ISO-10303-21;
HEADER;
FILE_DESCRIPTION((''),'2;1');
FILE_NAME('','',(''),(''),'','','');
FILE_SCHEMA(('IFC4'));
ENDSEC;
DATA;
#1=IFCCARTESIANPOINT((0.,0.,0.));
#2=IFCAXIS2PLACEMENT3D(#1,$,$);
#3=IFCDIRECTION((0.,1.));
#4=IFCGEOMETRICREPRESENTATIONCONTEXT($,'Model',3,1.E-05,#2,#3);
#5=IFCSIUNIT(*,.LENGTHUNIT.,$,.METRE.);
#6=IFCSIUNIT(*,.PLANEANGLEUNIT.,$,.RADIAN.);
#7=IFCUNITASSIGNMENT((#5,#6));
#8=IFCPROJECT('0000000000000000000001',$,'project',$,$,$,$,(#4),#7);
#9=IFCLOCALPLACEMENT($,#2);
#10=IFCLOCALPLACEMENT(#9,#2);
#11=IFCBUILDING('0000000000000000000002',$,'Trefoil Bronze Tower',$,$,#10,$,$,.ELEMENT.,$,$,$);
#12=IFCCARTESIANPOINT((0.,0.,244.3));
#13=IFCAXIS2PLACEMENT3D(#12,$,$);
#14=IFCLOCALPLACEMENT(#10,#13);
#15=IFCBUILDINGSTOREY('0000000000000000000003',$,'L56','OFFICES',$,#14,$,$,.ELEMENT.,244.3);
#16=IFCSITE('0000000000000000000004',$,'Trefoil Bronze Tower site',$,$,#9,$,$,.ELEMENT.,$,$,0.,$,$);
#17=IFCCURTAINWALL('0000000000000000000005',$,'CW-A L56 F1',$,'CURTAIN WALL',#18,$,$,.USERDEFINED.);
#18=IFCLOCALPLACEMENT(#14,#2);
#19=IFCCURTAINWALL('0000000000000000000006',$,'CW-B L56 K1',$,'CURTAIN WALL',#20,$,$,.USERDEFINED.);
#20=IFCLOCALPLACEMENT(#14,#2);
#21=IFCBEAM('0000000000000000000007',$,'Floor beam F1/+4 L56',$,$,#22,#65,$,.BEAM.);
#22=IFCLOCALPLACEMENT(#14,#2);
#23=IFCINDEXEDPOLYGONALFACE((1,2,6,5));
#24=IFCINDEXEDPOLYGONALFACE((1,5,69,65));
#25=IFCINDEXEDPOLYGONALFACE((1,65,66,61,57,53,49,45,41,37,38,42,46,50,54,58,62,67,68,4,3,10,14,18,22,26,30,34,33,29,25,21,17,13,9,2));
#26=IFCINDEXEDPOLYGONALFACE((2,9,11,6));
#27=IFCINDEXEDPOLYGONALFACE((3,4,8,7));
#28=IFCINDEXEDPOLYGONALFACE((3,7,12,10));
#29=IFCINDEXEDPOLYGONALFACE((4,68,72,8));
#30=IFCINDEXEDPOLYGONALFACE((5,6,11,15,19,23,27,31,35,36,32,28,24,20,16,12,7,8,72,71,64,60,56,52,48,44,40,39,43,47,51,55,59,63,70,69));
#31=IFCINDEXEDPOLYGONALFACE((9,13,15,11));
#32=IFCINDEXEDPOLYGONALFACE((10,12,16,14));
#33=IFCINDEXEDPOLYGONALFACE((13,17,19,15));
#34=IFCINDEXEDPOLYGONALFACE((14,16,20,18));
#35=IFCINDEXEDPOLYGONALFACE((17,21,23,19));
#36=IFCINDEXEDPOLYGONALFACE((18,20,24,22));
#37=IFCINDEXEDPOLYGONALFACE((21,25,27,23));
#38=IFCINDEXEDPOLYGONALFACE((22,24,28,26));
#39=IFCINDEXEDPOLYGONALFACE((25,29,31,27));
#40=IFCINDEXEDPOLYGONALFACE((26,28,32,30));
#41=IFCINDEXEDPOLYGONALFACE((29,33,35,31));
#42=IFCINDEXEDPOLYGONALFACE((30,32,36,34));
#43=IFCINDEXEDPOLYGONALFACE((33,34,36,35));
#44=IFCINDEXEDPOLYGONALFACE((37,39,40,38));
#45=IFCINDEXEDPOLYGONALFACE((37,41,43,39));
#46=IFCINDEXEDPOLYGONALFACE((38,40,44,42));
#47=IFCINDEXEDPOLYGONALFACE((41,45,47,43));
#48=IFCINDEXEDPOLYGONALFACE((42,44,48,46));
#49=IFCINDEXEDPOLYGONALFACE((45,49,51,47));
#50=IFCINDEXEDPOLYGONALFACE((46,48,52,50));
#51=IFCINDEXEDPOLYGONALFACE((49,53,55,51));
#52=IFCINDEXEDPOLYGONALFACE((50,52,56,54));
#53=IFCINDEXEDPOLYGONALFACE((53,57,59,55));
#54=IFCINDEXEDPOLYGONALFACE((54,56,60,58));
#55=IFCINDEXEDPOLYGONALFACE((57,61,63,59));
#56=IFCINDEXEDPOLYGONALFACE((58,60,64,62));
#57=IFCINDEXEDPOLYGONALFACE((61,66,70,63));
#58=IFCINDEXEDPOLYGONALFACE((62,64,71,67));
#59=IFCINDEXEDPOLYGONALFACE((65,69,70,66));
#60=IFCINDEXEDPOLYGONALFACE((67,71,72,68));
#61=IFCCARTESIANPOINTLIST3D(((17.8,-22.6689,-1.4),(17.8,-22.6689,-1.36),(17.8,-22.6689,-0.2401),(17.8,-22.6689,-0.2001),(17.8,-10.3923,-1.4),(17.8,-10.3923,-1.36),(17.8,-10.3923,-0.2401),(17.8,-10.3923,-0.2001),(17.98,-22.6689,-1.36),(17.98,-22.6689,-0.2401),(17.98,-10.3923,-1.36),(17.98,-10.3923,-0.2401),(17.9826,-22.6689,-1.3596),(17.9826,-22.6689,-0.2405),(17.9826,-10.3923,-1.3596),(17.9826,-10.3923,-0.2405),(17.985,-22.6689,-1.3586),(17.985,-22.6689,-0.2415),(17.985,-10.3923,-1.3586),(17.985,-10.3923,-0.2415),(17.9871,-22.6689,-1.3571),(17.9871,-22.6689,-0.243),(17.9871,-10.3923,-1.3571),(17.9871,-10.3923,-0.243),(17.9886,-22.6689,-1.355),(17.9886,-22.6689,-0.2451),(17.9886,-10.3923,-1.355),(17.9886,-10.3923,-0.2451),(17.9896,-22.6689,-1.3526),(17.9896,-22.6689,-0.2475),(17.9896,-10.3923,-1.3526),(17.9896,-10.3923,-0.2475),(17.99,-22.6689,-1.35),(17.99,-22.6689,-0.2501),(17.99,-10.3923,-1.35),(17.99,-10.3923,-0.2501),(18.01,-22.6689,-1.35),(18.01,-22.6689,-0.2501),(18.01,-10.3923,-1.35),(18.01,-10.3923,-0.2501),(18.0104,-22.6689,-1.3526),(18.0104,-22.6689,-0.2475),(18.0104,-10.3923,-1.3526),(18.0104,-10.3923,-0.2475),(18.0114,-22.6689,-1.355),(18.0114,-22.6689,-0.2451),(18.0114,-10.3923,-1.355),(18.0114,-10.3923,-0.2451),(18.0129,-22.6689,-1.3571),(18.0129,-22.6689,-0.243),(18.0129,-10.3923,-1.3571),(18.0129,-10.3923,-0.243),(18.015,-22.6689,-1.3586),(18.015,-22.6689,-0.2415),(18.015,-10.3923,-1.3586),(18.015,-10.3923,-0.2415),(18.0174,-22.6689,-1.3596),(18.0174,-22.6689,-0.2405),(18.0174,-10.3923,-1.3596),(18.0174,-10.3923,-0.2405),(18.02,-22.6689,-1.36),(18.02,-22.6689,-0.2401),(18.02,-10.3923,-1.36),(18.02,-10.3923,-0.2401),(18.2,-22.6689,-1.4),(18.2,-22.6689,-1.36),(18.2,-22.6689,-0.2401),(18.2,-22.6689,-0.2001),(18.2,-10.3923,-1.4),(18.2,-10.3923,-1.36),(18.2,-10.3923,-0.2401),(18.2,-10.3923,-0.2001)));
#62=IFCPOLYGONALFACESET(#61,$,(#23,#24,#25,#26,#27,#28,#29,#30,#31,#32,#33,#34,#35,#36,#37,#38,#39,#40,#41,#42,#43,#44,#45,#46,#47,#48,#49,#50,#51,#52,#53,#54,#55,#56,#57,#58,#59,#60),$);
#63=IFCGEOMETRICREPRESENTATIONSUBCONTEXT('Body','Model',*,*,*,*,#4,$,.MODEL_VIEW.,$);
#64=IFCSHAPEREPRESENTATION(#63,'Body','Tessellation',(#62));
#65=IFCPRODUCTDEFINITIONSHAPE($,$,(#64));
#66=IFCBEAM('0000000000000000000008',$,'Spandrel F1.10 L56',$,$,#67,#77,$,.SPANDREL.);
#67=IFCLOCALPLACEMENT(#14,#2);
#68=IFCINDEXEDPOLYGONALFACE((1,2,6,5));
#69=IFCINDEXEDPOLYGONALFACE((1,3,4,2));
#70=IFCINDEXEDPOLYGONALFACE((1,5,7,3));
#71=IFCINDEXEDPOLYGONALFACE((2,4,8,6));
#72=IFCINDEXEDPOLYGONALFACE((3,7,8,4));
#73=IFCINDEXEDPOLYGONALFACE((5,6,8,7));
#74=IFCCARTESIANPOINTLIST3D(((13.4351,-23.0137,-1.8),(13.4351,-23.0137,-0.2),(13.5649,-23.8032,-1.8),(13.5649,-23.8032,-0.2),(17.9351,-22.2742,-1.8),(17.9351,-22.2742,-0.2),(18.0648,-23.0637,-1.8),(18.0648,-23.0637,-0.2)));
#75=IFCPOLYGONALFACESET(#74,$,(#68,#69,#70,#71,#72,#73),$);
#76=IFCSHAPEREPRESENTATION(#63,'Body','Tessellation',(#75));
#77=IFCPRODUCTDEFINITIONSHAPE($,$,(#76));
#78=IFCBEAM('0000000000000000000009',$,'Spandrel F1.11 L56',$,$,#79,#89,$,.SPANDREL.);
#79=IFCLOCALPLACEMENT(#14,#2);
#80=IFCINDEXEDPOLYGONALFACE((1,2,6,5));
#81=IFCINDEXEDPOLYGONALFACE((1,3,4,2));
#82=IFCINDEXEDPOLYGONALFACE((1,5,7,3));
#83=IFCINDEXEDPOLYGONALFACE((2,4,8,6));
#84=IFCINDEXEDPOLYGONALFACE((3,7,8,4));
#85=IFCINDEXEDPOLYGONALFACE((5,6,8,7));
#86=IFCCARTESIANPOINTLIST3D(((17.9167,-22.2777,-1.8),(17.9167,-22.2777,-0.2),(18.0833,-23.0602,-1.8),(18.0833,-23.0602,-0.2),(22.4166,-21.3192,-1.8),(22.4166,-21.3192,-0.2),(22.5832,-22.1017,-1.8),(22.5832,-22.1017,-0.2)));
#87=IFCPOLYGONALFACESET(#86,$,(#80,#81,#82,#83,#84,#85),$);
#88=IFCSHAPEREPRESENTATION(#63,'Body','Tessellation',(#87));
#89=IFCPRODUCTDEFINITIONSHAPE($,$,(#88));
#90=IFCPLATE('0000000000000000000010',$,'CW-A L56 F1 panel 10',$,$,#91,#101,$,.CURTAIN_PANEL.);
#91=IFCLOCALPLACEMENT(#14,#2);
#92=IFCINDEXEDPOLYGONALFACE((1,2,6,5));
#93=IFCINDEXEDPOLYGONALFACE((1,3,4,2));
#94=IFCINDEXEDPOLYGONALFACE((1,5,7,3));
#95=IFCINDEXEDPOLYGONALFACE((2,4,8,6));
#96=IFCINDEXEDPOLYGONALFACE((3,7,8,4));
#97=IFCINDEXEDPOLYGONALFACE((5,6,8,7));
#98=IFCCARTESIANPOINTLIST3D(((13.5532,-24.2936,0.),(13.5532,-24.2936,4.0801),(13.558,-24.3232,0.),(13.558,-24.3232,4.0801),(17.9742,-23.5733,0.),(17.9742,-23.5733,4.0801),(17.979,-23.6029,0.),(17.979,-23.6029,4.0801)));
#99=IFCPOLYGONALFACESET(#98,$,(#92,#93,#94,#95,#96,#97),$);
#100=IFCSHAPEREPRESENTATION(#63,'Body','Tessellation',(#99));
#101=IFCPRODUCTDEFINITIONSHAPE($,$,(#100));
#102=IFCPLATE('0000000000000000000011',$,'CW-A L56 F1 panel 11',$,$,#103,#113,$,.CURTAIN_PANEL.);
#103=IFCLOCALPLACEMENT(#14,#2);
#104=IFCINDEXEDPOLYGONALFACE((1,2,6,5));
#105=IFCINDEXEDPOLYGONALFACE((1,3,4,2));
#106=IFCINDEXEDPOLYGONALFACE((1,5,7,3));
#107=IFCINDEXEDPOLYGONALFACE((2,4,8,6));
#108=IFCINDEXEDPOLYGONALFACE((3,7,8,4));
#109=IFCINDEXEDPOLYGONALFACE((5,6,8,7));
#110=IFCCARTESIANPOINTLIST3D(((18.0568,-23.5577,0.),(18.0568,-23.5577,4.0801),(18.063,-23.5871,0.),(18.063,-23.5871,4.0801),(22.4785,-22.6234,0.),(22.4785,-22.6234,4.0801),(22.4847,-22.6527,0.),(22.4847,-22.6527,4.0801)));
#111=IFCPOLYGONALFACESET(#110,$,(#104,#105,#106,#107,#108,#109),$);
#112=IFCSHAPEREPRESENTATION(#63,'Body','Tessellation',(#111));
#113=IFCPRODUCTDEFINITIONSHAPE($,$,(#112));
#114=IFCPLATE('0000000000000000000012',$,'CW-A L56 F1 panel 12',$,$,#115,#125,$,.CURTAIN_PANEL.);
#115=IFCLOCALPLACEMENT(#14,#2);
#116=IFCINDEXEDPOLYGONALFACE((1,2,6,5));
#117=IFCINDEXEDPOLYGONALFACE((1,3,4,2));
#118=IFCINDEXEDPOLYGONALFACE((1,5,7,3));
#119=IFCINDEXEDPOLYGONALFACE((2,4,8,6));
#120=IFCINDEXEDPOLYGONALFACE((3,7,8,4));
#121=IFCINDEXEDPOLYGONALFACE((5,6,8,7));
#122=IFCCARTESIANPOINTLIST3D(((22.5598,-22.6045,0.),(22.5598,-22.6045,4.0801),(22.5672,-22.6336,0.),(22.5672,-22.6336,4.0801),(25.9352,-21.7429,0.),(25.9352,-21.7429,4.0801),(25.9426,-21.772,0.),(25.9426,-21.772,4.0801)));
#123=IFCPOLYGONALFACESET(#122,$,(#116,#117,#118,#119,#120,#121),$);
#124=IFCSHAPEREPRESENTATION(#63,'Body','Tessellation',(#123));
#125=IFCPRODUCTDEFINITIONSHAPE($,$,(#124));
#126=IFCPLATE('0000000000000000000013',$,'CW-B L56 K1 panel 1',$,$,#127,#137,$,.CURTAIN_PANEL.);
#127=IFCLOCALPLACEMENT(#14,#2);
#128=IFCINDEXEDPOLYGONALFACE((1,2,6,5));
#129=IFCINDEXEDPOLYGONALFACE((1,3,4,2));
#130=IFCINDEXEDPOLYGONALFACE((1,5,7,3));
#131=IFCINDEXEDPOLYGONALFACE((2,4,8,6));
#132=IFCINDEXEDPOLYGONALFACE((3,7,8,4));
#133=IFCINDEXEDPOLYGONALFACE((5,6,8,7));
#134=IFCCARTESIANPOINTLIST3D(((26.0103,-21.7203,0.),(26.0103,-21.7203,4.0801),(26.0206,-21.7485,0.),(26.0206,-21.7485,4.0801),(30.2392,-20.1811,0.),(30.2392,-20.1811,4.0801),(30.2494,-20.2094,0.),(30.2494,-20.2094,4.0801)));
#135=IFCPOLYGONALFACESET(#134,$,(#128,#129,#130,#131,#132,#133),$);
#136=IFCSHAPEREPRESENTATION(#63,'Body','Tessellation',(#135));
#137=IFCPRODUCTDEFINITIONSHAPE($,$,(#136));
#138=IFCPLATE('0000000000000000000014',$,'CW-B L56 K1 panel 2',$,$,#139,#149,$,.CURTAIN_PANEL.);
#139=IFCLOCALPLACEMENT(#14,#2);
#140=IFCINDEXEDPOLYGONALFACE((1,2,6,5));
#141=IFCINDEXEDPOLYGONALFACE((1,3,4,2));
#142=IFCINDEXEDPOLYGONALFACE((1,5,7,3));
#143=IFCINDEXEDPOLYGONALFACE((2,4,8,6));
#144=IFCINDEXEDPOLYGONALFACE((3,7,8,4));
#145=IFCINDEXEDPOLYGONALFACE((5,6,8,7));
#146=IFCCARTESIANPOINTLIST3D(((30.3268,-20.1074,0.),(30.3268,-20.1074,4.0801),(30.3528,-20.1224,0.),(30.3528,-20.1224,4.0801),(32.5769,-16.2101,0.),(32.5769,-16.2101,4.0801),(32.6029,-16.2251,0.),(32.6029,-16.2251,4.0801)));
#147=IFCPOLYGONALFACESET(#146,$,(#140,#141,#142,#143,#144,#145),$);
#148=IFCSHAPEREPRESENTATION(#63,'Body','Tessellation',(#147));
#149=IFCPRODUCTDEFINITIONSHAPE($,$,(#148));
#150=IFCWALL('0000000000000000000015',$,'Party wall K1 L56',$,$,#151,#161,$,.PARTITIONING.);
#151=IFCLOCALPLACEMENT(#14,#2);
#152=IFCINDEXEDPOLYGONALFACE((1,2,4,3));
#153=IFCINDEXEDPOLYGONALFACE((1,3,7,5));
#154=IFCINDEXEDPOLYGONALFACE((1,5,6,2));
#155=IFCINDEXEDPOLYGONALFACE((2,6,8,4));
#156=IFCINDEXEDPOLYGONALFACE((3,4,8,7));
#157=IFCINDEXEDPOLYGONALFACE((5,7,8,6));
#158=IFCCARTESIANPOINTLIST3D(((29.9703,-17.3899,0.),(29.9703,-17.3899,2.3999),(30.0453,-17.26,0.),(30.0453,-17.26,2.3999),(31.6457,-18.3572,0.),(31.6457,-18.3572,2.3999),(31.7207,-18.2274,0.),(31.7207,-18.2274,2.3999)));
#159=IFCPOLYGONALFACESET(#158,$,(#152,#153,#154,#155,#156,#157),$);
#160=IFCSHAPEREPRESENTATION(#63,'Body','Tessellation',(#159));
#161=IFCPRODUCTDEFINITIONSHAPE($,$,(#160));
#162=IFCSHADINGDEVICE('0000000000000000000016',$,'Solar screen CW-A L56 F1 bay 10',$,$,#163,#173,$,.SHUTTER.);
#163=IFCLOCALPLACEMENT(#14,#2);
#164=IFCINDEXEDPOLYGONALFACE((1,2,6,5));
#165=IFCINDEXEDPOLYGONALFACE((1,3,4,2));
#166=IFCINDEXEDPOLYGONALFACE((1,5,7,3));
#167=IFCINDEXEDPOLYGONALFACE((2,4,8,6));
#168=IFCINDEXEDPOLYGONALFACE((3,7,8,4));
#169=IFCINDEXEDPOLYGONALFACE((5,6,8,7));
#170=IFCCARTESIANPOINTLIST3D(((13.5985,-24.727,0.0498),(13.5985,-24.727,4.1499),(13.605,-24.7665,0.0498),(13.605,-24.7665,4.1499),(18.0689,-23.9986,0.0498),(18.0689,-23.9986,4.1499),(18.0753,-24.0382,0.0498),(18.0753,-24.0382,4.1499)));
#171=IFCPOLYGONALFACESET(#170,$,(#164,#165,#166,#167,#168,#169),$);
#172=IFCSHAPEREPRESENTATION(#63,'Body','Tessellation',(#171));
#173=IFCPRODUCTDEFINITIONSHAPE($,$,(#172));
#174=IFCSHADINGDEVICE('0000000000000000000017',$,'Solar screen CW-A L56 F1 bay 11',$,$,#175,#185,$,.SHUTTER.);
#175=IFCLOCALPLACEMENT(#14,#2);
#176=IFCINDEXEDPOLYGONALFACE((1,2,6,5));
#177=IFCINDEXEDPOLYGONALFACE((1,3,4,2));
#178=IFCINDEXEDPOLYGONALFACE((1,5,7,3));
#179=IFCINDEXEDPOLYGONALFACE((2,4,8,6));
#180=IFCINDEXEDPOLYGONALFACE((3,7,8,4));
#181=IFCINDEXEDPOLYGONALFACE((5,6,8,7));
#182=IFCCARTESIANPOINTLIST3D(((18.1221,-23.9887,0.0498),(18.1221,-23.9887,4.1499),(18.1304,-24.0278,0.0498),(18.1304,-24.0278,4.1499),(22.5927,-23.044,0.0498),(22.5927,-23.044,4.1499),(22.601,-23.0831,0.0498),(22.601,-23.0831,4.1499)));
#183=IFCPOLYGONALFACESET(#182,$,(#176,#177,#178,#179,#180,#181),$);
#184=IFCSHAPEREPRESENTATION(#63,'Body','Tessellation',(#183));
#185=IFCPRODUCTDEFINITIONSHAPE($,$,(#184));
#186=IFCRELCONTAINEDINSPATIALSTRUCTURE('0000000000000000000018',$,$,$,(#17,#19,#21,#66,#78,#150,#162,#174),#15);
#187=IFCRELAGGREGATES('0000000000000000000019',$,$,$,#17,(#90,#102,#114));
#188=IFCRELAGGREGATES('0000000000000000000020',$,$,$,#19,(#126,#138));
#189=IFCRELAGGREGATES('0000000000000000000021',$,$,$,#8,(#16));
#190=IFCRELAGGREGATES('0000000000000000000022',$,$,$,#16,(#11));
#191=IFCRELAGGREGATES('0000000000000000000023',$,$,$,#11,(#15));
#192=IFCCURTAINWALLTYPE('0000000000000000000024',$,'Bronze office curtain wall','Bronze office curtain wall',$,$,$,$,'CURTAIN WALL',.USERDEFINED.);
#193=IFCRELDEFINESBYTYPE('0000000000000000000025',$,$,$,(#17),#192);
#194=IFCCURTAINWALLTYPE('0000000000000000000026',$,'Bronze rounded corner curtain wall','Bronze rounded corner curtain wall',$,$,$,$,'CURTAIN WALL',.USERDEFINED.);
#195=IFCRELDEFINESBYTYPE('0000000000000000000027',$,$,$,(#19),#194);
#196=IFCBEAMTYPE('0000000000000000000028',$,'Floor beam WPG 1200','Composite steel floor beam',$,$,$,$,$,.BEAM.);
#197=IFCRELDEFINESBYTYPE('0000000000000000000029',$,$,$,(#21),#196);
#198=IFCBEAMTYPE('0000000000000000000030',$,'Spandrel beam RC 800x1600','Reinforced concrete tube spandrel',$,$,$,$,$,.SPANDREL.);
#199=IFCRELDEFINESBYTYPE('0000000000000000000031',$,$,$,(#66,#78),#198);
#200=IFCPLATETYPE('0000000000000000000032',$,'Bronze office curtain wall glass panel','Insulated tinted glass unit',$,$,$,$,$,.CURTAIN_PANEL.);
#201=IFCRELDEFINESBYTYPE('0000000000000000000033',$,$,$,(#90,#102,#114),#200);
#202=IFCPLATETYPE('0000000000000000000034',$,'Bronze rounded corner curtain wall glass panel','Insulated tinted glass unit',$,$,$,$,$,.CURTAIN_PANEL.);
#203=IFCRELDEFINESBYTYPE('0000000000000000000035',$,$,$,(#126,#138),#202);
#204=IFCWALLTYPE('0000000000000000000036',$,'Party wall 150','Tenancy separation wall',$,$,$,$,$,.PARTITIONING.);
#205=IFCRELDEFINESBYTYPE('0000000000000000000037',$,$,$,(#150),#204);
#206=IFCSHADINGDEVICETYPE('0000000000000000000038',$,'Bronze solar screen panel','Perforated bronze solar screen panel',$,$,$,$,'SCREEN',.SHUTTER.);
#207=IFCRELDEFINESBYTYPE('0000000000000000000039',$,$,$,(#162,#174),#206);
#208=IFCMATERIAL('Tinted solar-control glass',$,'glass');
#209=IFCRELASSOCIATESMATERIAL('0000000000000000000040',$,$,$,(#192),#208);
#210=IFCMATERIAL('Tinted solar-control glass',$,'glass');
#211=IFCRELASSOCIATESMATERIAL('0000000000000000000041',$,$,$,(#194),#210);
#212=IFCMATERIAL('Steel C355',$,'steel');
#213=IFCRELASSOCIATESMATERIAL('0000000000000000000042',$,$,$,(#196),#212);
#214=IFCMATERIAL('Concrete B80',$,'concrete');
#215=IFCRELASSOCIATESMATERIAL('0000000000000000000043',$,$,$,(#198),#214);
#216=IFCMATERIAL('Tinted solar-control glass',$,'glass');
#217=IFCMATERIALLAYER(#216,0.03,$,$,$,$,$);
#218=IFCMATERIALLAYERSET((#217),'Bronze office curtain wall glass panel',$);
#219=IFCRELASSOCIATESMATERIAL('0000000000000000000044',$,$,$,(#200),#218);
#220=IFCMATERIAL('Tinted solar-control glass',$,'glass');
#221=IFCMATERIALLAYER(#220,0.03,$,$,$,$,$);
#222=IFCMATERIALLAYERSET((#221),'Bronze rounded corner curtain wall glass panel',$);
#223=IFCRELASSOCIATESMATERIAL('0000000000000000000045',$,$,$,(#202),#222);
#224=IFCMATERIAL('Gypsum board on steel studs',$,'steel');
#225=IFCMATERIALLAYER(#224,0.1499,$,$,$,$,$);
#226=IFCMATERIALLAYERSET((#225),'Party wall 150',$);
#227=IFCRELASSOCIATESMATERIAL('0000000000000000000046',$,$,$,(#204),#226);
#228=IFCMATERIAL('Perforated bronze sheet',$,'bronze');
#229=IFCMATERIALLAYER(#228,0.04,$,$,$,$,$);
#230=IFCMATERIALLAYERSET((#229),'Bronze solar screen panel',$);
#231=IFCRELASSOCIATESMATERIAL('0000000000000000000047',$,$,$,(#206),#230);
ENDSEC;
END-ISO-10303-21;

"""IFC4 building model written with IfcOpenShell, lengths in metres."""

from ifc_helpers import new_model, si_unit, direction, frame, frame_2d, origin, origin_2d, place, context, subcontext, project, spatial, rectangle, i_section, extrude, material, layer, layer_set, material_profile, profile_set, type_object, element, aggregate, save


model = new_model("IFC4")

# Units and contexts
model_context = context("Model", 3, precision=1e-05, world=origin(), true_north=direction((0.0, 1.0)))
body_context = subcontext(model_context, "Body", "Model", "MODEL_VIEW")
ifc_project = project(units=[si_unit("LENGTHUNIT", "METRE"), si_unit("PLANEANGLEUNIT", "RADIAN")], contexts=[model_context])

# Site, building, storey
site_placement = place(None, origin())
site = spatial("IfcSite", under=ifc_project, at=site_placement, Name="Trefoil Bronze Tower site", CompositionType="ELEMENT", RefElevation=0.0)
building_placement = place(site_placement, origin())
building = spatial("IfcBuilding", under=site, at=building_placement, Name="Trefoil Bronze Tower", CompositionType="ELEMENT")
storey_placement = place(building_placement, frame((0.0, 0.0, 244.3)))
storey = spatial("IfcBuildingStorey", under=building, at=storey_placement, Name="L56", Description="OFFICES", CompositionType="ELEMENT", Elevation=244.3)

# Curtain walls
ifc_material_1 = material(Name="Tinted solar-control glass", Category="glass")
curtain_wall_type_1 = type_object("IfcCurtainWallType", Name="Bronze office curtain wall", Description="Bronze office curtain wall", ElementType="CURTAIN WALL", PredefinedType="USERDEFINED", material=ifc_material_1)
curtain_wall_1_placement = place(storey_placement, origin())
curtain_wall_1 = element("IfcCurtainWall", 1, at=curtain_wall_1_placement, inside=storey, type_object=curtain_wall_type_1, Name="CW-A L56 F1", ObjectType="CURTAIN WALL", PredefinedType="USERDEFINED")
ifc_material_2 = material(Name="Tinted solar-control glass", Category="glass")
curtain_wall_type_2 = type_object("IfcCurtainWallType", Name="Bronze rounded corner curtain wall", Description="Bronze rounded corner curtain wall", ElementType="CURTAIN WALL", PredefinedType="USERDEFINED", material=ifc_material_2)
curtain_wall_2_placement = place(storey_placement, origin())
curtain_wall_2 = element("IfcCurtainWall", 2, at=curtain_wall_2_placement, inside=storey, type_object=curtain_wall_type_2, Name="CW-B L56 K1", ObjectType="CURTAIN WALL", PredefinedType="USERDEFINED")

# Beams
ifc_material_3 = material(Name="Steel C355", Category="steel")
ifc_material_profile_1 = material_profile(ifc_material_3, i_section(OverallWidth=0.3999, OverallDepth=1.2, WebThickness=0.02, FlangeThickness=0.04, FilletRadius=0.01, at=origin_2d()), Name="WPG 1200")
ifc_profile_set_1 = profile_set([ifc_material_profile_1], Name="Steel C355")
beam_type_1 = type_object("IfcBeamType", Name="Floor beam WPG 1200", Description="Composite steel floor beam", PredefinedType="BEAM", material=ifc_profile_set_1)
beam_1_placement = place(storey_placement, frame((18.0, -22.6689, -0.8), z_axis=(0.0, 1.0, 0.0), x_axis=(-1.0, 0.0, 0.0)))
element("IfcBeam", 3, at=beam_1_placement, inside=storey, type_object=beam_type_1, Name="Floor beam F1/+4 L56", PredefinedType="BEAM", context=body_context, shape_type="SweptSolid", body=[
    extrude(i_section(OverallWidth=0.3999, OverallDepth=1.2, WebThickness=0.02, FlangeThickness=0.04, FilletRadius=0.01, at=origin_2d()), origin(), (0.0, 0.0, 1.0), 12.2766),
])
ifc_material_4 = material(Name="Concrete B80", Category="concrete")
ifc_material_profile_2 = material_profile(ifc_material_4, rectangle(XDim=0.8, YDim=1.6001, at=origin_2d()), Name="RC 800x1600")
ifc_profile_set_2 = profile_set([ifc_material_profile_2], Name="Concrete B80")
beam_type_2 = type_object("IfcBeamType", Name="Spandrel beam RC 800x1600", Description="Reinforced concrete tube spandrel", PredefinedType="SPANDREL", material=ifc_profile_set_2)
beam_2_placement = place(storey_placement, frame((13.5, -23.4084, -1.0), z_axis=(0.986765, 0.162159, 0.0), x_axis=(-0.162159, 0.986765, 0.0)))
element("IfcBeam", 4, at=beam_2_placement, inside=storey, type_object=beam_type_2, Name="Spandrel F1.10 L56", PredefinedType="SPANDREL", context=body_context, shape_type="SweptSolid", body=[
    extrude(rectangle(XDim=0.8, YDim=1.6001, at=origin_2d()), origin(), (0.0, 0.0, 1.0), 4.5603),
])
beam_3_placement = place(storey_placement, frame((18.0, -22.6689, -1.0), z_axis=(0.978059, 0.208326, 0.0), x_axis=(-0.208326, 0.978059, 0.0)))
element("IfcBeam", 5, at=beam_3_placement, inside=storey, type_object=beam_type_2, Name="Spandrel F1.11 L56", PredefinedType="SPANDREL", context=body_context, shape_type="SweptSolid", body=[
    extrude(rectangle(XDim=0.8, YDim=1.6001, at=origin_2d()), origin(), (0.0, 0.0, 1.0), 4.6008),
])

# Plates
ifc_material_5 = material(Name="Tinted solar-control glass", Category="glass")
ifc_layer_1 = layer(ifc_material_5, 0.03)
ifc_layer_set_1 = layer_set([ifc_layer_1], Name="Bronze office curtain wall glass panel")
plate_type_1 = type_object("IfcPlateType", Name="Bronze office curtain wall glass panel", Description="Insulated tinted glass unit", PredefinedType="CURTAIN_PANEL", material=ifc_layer_set_1)
plate_1_placement = place(storey_placement, frame((15.7661, -23.9482, 0.0), z_axis=(0.0, 0.0, 1.0), x_axis=(0.986987, 0.160803, 0.0)))
plate_1 = element("IfcPlate", 6, at=plate_1_placement, type_object=plate_type_1, Name="CW-A L56 F1 panel 10", PredefinedType="CURTAIN_PANEL", context=body_context, shape_type="SweptSolid", body=[
    extrude(rectangle(XDim=4.4792, YDim=0.03, at=origin_2d()), origin(), (0.0, 0.0, 1.0), 4.0801),
])
plate_2_placement = place(storey_placement, frame((20.2708, -23.1052, 0.0), z_axis=(0.0, 0.0, 1.0), x_axis=(0.978394, 0.206747, 0.0)))
plate_2 = element("IfcPlate", 7, at=plate_2_placement, type_object=plate_type_1, Name="CW-A L56 F1 panel 11", PredefinedType="CURTAIN_PANEL", context=body_context, shape_type="SweptSolid", body=[
    extrude(rectangle(XDim=4.5193, YDim=0.03, at=origin_2d()), origin(), (0.0, 0.0, 1.0), 4.0801),
])
plate_3_placement = place(storey_placement, frame((24.2512, -22.1882, 0.0), z_axis=(0.0, 0.0, 1.0), x_axis=(0.968934, 0.247319, 0.0)))
plate_3 = element("IfcPlate", 8, at=plate_3_placement, type_object=plate_type_1, Name="CW-A L56 F1 panel 12", PredefinedType="CURTAIN_PANEL", context=body_context, shape_type="SweptSolid", body=[
    extrude(rectangle(XDim=3.4836, YDim=0.03, at=origin_2d()), origin(), (0.0, 0.0, 1.0), 4.0801),
])
aggregate(curtain_wall_1, [plate_1, plate_2, plate_3])
ifc_material_6 = material(Name="Tinted solar-control glass", Category="glass")
ifc_layer_2 = layer(ifc_material_6, 0.03)
ifc_layer_set_2 = layer_set([ifc_layer_2], Name="Bronze rounded corner curtain wall glass panel")
plate_type_2 = type_object("IfcPlateType", Name="Bronze rounded corner curtain wall glass panel", Description="Insulated tinted glass unit", PredefinedType="CURTAIN_PANEL", material=ifc_layer_set_2)
plate_4_placement = place(storey_placement, frame((28.1299, -20.9648, 0.0), z_axis=(0.0, 0.0, 1.0), x_axis=(0.939693, 0.34202, 0.0)))
plate_4 = element("IfcPlate", 9, at=plate_4_placement, type_object=plate_type_2, Name="CW-B L56 K1 panel 1", PredefinedType="CURTAIN_PANEL", context=body_context, shape_type="SweptSolid", body=[
    extrude(rectangle(XDim=4.5002, YDim=0.03, at=origin_2d()), origin(), (0.0, 0.0, 1.0), 4.0801),
])
plate_5_placement = place(storey_placement, frame((31.4648, -18.1663, 0.0), z_axis=(0.0, 0.0, 1.0), x_axis=(0.5, 0.866025, 0.0)))
plate_5 = element("IfcPlate", 10, at=plate_5_placement, type_object=plate_type_2, Name="CW-B L56 K1 panel 2", PredefinedType="CURTAIN_PANEL", context=body_context, shape_type="SweptSolid", body=[
    extrude(rectangle(XDim=4.5002, YDim=0.03, at=origin_2d()), origin(), (0.0, 0.0, 1.0), 4.0801),
])
aggregate(curtain_wall_2, [plate_4, plate_5])

# Wall
ifc_material_7 = material(Name="Gypsum board on steel studs", Category="steel")
ifc_layer_3 = layer(ifc_material_7, 0.1499)
ifc_layer_set_3 = layer_set([ifc_layer_3], Name="Party wall 150")
wall_type = type_object("IfcWallType", Name="Party wall 150", Description="Tenancy separation wall", PredefinedType="PARTITIONING", material=ifc_layer_set_3)
wall_placement = place(storey_placement, frame((30.0078, -17.325, 0.0), z_axis=(0.0, 0.0, 1.0), x_axis=(0.866013, -0.500021, 0.0)))
element("IfcWall", 11, at=wall_placement, inside=storey, type_object=wall_type, Name="Party wall K1 L56", PredefinedType="PARTITIONING", context=body_context, shape_type="SweptSolid", body=[
    extrude(rectangle(XDim=1.9346, YDim=0.1499, at=frame_2d((0.9673, 0.0))), origin(), (0.0, 0.0, 1.0), 2.3999),
])

# Shading devices
ifc_material_8 = material(Name="Perforated bronze sheet", Category="bronze")
ifc_layer_4 = layer(ifc_material_8, 0.04)
ifc_layer_set_4 = layer_set([ifc_layer_4], Name="Bronze solar screen panel")
shading_device_type = type_object("IfcShadingDeviceType", Name="Bronze solar screen panel", Description="Perforated bronze solar screen panel", ElementType="SCREEN", PredefinedType="SHUTTER", material=ifc_layer_set_4)
shading_device_1_placement = place(storey_placement, frame((15.8369, -24.3826, 0.0498), z_axis=(0.0, 0.0, 1.0), x_axis=(0.986987, 0.160803, 0.0)))
element("IfcShadingDevice", 12, at=shading_device_1_placement, inside=storey, type_object=shading_device_type, Name="Solar screen CW-A L56 F1 bay 10", PredefinedType="SHUTTER", context=body_context, shape_type="SweptSolid", body=[
    extrude(rectangle(XDim=4.5293, YDim=0.04, at=origin_2d()), origin(), (0.0, 0.0, 1.0), 4.1001),
])
shading_device_2_placement = place(storey_placement, frame((20.3616, -23.5359, 0.0498), z_axis=(0.0, 0.0, 1.0), x_axis=(0.978394, 0.206747, 0.0)))
element("IfcShadingDevice", 13, at=shading_device_2_placement, inside=storey, type_object=shading_device_type, Name="Solar screen CW-A L56 F1 bay 11", PredefinedType="SHUTTER", context=body_context, shape_type="SweptSolid", body=[
    extrude(rectangle(XDim=4.5693, YDim=0.04, at=origin_2d()), origin(), (0.0, 0.0, 1.0), 4.1001),
])

save(model, "model.ifc")
